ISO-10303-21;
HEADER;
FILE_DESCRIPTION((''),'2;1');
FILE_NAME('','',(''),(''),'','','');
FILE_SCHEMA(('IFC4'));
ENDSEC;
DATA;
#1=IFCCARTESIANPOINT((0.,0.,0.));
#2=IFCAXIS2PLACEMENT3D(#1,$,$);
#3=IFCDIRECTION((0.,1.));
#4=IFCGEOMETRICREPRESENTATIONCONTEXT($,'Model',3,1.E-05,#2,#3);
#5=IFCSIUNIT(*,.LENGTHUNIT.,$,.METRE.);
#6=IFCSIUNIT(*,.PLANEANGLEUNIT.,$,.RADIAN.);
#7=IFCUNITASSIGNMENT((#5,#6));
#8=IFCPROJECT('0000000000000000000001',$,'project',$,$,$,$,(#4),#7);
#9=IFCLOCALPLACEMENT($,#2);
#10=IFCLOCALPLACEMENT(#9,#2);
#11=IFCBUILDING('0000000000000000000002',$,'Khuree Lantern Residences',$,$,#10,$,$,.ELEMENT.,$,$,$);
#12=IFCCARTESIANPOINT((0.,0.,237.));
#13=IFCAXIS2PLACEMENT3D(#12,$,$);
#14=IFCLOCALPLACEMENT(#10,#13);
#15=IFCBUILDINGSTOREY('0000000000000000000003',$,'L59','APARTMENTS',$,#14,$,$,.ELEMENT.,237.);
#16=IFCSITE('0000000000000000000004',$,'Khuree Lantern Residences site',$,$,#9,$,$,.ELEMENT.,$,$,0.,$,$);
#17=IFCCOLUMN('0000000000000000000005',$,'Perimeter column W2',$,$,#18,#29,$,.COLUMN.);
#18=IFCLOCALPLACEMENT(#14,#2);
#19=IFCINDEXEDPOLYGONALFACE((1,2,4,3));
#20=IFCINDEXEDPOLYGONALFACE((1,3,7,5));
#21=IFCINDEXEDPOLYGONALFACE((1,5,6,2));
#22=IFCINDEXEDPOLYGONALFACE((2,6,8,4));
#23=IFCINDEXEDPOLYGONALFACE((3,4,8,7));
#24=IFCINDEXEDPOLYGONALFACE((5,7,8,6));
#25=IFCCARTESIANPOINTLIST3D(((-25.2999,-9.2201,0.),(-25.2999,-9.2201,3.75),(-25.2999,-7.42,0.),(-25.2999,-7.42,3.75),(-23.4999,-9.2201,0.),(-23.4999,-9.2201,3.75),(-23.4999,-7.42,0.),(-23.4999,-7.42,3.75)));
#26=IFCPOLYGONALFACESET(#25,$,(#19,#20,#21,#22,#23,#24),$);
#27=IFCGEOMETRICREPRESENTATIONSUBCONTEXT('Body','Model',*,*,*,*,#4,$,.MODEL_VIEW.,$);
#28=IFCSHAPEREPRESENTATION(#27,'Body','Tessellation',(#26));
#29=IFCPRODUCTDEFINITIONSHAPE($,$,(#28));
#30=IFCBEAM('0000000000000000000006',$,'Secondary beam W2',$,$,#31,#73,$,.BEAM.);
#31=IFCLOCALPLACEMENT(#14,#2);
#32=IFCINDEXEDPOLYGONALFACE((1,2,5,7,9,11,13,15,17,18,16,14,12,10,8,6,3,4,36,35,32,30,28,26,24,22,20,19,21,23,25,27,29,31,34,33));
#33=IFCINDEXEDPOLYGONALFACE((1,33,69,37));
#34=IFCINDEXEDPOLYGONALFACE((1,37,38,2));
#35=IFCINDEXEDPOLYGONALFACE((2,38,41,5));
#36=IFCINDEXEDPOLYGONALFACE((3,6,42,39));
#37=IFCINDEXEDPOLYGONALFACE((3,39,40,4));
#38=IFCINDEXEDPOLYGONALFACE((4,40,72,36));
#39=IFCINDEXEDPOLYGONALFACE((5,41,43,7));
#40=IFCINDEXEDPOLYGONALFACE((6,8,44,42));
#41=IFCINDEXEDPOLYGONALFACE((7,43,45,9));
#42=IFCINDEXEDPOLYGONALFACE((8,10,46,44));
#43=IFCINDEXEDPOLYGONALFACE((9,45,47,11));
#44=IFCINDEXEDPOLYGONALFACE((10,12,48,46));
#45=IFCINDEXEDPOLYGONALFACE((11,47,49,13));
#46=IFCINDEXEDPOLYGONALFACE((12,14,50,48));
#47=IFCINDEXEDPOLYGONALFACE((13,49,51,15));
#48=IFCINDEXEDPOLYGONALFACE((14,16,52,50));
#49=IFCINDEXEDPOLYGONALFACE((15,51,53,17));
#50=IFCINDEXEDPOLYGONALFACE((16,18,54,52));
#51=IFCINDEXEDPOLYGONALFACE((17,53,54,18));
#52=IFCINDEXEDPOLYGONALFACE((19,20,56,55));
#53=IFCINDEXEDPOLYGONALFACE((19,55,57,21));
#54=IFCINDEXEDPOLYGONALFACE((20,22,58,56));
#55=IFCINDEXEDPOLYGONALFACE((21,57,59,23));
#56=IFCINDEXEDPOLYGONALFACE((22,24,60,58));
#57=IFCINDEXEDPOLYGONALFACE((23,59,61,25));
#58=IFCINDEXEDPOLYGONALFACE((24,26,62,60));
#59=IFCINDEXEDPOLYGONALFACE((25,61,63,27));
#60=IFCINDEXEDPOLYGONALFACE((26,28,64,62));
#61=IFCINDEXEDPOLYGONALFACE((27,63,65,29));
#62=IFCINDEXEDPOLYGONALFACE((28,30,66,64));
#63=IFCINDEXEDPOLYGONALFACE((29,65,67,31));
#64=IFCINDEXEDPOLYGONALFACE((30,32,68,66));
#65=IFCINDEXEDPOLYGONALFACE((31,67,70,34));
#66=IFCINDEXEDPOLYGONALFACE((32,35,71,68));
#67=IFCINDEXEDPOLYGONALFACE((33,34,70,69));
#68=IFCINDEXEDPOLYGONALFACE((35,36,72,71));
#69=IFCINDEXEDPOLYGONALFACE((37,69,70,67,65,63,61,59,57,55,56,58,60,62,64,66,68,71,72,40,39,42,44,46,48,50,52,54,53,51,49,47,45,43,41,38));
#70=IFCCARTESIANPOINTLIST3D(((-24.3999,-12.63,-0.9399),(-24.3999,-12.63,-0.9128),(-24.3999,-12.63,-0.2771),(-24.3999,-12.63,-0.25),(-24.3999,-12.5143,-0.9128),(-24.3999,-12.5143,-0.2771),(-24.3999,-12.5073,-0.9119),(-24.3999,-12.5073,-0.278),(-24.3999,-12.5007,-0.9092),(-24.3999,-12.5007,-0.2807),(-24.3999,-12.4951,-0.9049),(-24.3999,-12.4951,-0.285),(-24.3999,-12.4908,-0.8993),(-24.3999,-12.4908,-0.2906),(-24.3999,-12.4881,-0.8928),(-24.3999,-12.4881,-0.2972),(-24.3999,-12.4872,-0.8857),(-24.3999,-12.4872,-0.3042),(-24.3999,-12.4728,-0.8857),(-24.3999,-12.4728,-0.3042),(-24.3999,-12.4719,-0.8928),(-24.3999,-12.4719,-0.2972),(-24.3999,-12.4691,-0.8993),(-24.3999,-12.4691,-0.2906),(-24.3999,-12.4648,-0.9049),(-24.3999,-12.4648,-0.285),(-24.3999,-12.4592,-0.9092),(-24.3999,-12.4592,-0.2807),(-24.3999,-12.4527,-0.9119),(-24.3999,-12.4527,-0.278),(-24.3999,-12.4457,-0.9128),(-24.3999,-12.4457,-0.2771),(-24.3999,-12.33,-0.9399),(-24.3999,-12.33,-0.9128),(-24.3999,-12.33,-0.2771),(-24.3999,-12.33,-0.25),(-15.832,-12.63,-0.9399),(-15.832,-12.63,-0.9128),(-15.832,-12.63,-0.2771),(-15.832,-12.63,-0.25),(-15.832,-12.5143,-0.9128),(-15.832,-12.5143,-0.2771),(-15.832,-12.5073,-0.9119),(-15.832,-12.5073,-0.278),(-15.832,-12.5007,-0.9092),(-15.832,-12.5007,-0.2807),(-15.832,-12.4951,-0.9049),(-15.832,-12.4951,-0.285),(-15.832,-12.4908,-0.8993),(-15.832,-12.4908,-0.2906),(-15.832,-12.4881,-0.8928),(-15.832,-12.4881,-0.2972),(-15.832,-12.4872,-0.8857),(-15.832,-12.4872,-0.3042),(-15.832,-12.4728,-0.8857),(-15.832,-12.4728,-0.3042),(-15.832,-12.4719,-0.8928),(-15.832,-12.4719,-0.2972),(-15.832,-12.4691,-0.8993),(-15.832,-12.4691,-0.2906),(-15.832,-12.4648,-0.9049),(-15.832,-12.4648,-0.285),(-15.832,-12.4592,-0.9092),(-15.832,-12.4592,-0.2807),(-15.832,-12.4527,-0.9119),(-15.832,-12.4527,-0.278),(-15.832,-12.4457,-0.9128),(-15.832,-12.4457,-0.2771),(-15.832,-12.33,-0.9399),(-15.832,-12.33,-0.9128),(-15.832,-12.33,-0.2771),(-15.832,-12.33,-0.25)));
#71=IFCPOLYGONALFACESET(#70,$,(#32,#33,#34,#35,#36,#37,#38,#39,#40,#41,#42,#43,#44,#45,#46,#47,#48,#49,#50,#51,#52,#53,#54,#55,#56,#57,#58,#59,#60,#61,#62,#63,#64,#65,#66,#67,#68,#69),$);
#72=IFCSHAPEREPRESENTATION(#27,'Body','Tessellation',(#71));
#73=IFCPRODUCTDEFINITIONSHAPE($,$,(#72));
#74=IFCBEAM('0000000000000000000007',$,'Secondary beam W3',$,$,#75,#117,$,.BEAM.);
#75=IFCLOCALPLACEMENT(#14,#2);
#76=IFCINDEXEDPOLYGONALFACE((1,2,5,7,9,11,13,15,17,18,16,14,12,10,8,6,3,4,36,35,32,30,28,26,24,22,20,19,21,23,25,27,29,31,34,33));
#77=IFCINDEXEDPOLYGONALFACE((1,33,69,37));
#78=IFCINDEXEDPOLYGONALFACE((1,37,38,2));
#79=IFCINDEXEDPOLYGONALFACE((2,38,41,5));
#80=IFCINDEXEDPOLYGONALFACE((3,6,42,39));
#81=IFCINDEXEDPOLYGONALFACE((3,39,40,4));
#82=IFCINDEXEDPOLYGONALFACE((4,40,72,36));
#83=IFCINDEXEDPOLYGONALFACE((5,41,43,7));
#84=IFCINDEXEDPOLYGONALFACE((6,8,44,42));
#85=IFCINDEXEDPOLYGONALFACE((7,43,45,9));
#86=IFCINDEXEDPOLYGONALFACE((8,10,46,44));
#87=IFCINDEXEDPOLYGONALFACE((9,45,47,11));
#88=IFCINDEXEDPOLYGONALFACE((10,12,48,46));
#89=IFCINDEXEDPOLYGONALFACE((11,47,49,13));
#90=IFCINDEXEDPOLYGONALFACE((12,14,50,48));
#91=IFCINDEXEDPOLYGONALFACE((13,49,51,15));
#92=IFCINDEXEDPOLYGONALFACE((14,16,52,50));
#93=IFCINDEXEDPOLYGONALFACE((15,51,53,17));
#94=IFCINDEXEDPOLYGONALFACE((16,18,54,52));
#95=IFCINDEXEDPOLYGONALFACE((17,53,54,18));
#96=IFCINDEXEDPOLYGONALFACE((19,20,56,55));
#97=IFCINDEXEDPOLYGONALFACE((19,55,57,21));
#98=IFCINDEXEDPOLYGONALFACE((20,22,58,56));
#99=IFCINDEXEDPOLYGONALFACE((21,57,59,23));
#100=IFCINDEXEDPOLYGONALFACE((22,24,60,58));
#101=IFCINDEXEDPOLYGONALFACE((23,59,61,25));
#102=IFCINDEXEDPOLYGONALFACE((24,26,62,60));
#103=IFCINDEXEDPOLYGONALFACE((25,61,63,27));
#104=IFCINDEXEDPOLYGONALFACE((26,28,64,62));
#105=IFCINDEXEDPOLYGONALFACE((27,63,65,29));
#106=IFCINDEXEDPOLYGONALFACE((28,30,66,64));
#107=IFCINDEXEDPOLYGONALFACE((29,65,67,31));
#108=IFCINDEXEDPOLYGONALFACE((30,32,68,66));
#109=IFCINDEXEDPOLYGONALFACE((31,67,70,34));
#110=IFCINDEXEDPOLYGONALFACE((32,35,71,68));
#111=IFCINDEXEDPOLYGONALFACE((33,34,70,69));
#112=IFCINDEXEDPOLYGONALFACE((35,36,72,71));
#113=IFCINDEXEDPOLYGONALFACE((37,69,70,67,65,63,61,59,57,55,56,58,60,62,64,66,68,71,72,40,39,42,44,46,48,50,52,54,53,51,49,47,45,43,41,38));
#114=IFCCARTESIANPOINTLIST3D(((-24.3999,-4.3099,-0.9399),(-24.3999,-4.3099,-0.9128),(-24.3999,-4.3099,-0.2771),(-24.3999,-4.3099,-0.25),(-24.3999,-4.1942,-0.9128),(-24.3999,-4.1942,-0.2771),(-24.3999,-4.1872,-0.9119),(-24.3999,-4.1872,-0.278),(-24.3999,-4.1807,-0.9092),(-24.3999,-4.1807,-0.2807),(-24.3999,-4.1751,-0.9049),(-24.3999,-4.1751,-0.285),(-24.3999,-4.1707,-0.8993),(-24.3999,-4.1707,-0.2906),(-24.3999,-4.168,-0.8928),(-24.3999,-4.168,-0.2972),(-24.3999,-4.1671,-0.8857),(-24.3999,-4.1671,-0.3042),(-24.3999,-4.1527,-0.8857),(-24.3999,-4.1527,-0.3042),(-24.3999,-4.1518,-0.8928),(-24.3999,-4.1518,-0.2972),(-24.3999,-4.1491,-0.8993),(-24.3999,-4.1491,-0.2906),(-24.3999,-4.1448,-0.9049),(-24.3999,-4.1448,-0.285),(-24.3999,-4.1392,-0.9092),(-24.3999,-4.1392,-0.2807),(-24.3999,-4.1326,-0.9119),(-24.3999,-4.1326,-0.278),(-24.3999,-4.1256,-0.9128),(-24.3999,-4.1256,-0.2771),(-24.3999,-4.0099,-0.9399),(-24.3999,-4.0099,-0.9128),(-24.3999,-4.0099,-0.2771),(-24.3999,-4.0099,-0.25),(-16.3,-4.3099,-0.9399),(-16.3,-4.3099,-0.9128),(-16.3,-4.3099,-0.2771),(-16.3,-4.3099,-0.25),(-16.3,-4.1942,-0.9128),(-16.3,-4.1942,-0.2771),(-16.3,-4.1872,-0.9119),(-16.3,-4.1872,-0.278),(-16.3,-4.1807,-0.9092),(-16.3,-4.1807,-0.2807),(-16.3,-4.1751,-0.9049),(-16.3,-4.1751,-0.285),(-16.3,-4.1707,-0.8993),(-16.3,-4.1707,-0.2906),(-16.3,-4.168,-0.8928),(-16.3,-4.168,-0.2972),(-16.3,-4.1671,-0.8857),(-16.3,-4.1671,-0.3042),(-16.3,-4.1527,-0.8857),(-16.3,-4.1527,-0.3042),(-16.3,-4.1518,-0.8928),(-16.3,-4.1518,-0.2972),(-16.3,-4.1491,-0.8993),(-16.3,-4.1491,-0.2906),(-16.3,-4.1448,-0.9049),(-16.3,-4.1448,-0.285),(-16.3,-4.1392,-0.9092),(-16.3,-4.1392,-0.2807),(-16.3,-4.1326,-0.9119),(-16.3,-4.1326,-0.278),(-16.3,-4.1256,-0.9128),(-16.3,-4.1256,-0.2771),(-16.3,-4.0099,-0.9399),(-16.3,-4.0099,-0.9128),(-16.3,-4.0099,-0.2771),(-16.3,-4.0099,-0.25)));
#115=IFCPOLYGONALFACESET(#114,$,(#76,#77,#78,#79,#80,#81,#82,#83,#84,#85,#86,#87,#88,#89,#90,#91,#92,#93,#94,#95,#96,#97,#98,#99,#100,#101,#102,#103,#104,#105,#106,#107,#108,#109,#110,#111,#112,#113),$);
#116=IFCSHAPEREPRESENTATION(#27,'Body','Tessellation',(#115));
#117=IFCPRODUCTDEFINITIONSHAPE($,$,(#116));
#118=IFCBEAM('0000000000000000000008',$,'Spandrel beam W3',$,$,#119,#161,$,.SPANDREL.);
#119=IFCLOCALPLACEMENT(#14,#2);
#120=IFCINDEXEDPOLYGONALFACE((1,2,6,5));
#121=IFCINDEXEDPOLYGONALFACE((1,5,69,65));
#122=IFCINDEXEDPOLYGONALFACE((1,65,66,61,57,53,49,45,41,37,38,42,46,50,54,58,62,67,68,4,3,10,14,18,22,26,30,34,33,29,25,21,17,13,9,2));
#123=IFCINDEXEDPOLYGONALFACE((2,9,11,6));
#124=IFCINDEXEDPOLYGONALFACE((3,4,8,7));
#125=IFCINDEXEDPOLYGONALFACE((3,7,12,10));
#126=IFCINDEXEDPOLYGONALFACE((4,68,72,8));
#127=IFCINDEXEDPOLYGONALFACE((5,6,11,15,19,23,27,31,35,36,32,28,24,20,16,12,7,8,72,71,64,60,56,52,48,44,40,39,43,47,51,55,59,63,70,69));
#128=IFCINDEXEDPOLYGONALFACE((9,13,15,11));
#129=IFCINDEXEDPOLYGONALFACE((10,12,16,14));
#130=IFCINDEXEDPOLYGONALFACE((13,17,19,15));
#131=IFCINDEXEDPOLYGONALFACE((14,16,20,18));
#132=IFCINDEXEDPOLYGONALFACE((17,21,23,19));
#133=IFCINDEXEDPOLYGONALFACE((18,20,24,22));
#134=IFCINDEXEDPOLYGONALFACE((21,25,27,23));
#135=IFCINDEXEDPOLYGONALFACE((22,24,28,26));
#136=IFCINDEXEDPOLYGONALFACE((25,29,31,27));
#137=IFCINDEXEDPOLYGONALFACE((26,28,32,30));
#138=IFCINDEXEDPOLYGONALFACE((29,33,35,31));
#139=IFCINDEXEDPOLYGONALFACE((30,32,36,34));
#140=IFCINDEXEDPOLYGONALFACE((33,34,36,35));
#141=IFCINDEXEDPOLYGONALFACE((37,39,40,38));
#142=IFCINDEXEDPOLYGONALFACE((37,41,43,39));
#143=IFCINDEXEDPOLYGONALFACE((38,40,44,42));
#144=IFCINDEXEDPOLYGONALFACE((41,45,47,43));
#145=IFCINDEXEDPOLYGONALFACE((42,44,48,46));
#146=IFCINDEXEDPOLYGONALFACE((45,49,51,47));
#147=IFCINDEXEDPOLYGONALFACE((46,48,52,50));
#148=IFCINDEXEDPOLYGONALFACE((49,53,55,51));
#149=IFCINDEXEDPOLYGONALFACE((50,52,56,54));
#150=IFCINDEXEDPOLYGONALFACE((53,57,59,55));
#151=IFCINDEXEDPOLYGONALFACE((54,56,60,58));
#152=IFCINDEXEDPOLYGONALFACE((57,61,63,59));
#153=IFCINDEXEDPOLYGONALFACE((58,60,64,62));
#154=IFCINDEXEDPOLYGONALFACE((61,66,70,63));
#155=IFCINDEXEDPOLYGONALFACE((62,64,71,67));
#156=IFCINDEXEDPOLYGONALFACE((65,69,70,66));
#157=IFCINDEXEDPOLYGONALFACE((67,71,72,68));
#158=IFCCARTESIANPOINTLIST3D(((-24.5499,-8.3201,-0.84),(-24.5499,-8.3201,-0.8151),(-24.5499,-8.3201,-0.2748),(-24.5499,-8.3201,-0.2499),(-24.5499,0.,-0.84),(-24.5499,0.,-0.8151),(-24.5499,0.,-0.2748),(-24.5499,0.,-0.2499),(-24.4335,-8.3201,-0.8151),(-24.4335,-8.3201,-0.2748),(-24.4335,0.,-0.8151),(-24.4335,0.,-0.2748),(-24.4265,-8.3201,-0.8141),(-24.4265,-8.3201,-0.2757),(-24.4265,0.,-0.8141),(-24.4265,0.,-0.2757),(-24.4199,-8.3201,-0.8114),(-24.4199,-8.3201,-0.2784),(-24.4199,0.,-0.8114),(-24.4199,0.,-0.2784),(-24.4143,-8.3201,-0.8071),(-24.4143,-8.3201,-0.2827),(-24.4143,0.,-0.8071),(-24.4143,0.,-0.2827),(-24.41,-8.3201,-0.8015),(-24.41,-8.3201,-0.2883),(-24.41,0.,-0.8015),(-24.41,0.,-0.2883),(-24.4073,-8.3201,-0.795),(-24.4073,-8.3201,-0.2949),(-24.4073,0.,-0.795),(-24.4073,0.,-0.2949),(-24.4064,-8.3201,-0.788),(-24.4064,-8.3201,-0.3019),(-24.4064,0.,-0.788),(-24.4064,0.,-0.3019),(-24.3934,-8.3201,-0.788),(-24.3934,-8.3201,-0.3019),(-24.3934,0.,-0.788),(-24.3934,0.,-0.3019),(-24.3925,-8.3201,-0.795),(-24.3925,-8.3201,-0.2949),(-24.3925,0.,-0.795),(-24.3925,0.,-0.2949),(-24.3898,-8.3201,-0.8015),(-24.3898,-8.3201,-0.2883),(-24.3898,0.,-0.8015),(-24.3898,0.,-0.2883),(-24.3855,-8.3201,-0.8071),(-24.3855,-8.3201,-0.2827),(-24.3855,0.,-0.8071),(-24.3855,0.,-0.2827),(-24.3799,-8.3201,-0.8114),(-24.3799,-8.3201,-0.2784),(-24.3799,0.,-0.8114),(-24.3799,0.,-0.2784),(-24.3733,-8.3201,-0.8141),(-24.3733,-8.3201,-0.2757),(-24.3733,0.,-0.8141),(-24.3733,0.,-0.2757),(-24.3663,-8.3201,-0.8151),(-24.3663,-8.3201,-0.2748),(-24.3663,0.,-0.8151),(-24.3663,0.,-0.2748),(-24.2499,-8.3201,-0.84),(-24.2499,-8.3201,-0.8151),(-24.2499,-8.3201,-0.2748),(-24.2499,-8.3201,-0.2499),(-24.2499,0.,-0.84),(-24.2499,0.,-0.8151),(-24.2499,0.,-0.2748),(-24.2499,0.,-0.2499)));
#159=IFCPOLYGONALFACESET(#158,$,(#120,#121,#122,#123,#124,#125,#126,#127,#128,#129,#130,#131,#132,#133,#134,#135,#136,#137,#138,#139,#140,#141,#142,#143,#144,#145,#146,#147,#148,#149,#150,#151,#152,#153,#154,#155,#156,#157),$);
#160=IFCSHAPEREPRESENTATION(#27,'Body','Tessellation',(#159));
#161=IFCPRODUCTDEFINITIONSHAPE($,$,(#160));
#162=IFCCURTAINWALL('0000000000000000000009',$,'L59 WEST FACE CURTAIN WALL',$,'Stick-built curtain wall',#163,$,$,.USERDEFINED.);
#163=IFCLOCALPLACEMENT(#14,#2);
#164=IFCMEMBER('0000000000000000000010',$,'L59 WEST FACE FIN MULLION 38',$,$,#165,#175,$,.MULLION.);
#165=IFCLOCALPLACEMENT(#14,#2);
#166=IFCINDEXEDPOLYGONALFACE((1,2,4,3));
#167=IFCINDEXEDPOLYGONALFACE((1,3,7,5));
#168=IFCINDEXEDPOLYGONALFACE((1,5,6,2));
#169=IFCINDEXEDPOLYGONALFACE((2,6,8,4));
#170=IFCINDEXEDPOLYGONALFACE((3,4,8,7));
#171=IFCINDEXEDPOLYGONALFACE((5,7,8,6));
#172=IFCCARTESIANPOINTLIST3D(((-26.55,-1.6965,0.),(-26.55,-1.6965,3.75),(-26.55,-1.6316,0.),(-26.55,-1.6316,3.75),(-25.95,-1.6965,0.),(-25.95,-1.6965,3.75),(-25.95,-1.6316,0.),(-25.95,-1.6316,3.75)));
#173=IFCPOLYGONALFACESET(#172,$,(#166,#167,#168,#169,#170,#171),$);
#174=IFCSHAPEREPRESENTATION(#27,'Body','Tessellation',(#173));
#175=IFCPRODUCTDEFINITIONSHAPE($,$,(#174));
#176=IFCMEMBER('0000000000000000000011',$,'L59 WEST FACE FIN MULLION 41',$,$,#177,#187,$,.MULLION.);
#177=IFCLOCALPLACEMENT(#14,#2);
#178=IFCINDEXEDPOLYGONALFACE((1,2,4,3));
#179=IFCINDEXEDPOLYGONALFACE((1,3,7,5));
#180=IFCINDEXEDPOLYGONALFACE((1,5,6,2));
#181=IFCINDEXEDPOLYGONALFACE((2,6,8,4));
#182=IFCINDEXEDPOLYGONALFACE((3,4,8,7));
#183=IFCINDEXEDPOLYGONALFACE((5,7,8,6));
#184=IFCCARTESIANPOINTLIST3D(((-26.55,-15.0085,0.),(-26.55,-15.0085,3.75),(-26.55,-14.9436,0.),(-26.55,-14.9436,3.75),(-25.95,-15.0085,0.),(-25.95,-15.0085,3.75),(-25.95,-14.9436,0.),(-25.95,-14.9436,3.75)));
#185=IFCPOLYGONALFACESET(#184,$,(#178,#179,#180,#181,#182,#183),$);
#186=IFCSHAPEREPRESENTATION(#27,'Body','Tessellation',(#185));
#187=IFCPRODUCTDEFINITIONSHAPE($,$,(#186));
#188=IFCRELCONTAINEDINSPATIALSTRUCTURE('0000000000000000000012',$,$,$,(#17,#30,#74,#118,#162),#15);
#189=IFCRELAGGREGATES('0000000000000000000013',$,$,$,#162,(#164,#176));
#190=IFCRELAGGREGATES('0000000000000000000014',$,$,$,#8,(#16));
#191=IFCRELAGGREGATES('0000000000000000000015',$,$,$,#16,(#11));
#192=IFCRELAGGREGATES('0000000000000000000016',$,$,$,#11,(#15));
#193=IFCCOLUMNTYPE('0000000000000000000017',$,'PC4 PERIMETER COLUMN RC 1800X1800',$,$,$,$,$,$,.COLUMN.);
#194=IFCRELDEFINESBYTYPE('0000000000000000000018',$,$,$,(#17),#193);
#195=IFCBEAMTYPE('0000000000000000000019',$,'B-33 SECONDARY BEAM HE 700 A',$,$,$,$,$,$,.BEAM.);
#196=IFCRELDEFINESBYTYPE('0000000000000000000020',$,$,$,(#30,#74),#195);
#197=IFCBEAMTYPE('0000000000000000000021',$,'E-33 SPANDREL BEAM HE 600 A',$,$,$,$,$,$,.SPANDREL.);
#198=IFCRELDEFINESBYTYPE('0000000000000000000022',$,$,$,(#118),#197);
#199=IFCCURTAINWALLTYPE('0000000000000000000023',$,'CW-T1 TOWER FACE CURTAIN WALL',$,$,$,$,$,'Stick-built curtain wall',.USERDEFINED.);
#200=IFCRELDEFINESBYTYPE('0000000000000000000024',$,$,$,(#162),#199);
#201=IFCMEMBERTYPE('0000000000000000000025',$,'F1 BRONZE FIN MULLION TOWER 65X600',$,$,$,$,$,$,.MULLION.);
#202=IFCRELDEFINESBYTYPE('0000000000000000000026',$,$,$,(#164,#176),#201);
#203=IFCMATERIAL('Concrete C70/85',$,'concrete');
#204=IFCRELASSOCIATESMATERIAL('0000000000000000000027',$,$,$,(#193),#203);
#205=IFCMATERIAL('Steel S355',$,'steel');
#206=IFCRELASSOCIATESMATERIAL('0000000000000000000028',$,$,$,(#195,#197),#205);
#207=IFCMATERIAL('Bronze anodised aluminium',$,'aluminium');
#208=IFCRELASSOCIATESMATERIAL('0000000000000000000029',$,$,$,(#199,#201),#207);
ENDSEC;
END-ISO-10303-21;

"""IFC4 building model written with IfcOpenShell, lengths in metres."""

from ifc_helpers import new_model, si_unit, direction, frame, origin, origin_2d, place, context, subcontext, project, spatial, rectangle, i_section, extrude, material, material_profile, profile_set, type_object, element, aggregate, save


model = new_model("IFC4")

# Units and contexts
model_context = context("Model", 3, precision=1e-05, world=origin(), true_north=direction((0.0, 1.0)))
body_context = subcontext(model_context, "Body", "Model", "MODEL_VIEW")
ifc_project = project(units=[si_unit("LENGTHUNIT", "METRE"), si_unit("PLANEANGLEUNIT", "RADIAN")], contexts=[model_context])

# Site, building, storey
site_placement = place(None, origin())
site = spatial("IfcSite", under=ifc_project, at=site_placement, Name="Khuree Lantern Residences site", CompositionType="ELEMENT", RefElevation=0.0)
building_placement = place(site_placement, origin())
building = spatial("IfcBuilding", under=site, at=building_placement, Name="Khuree Lantern Residences", CompositionType="ELEMENT")
storey_placement = place(building_placement, frame((0.0, 0.0, 237.0)))
storey = spatial("IfcBuildingStorey", under=building, at=storey_placement, Name="L59", Description="APARTMENTS", CompositionType="ELEMENT", Elevation=237.0)

# Column
ifc_material_1 = material(Name="Concrete C70/85", Category="concrete")
ifc_material_profile_1 = material_profile(ifc_material_1, rectangle(XDim=1.8, YDim=1.8, at=origin_2d()), Name="RC 1800X1800")
ifc_profile_set_1 = profile_set([ifc_material_profile_1], Name="Concrete C70/85")
column_type = type_object("IfcColumnType", Name="PC4 PERIMETER COLUMN RC 1800X1800", PredefinedType="COLUMN", material=ifc_profile_set_1)
column_placement = place(storey_placement, frame((-24.3999, -8.3201, 0.0), z_axis=(0.0, 0.0, 1.0), x_axis=(0.0, 1.0, 0.0)))
element("IfcColumn", 1, at=column_placement, inside=storey, type_object=column_type, Name="Perimeter column W2", PredefinedType="COLUMN", context=body_context, shape_type="SweptSolid", body=[
    extrude(rectangle(XDim=1.8, YDim=1.8, at=origin_2d()), origin(), (0.0, 0.0, 1.0), 3.75),
])

# Beams
ifc_material_2 = material(Name="Steel S355", Category="steel")
ifc_material_profile_2 = material_profile(ifc_material_2, i_section(OverallWidth=0.3, OverallDepth=0.6899, WebThickness=0.0144, FlangeThickness=0.0271, FilletRadius=0.0271, at=origin_2d()), Name="HE 700 A")
ifc_profile_set_2 = profile_set([ifc_material_profile_2], Name="Steel S355")
beam_type_1 = type_object("IfcBeamType", Name="B-33 SECONDARY BEAM HE 700 A", PredefinedType="BEAM", material=ifc_profile_set_2)
beam_1_placement = place(storey_placement, frame((-24.3999, -12.48, -0.595), z_axis=(1.0, 0.0, 0.0), x_axis=(0.0, 1.0, 0.0)))
element("IfcBeam", 2, at=beam_1_placement, inside=storey, type_object=beam_type_1, Name="Secondary beam W2", PredefinedType="BEAM", context=body_context, shape_type="SweptSolid", body=[
    extrude(i_section(OverallWidth=0.3, OverallDepth=0.6899, WebThickness=0.0144, FlangeThickness=0.0271, FilletRadius=0.0271, at=origin_2d()), origin(), (0.0, 0.0, 1.0), 8.5679),
])
beam_2_placement = place(storey_placement, frame((-24.3999, -4.1599, -0.595), z_axis=(1.0, 0.0, 0.0), x_axis=(0.0, 1.0, 0.0)))
element("IfcBeam", 3, at=beam_2_placement, inside=storey, type_object=beam_type_1, Name="Secondary beam W3", PredefinedType="BEAM", context=body_context, shape_type="SweptSolid", body=[
    extrude(i_section(OverallWidth=0.3, OverallDepth=0.6899, WebThickness=0.0144, FlangeThickness=0.0271, FilletRadius=0.0271, at=origin_2d()), origin(), (0.0, 0.0, 1.0), 8.0999),
])
ifc_material_profile_3 = material_profile(ifc_material_2, i_section(OverallWidth=0.3, OverallDepth=0.5901, WebThickness=0.0129, FlangeThickness=0.0249, FilletRadius=0.0271, at=origin_2d()), Name="HE 600 A")
ifc_profile_set_3 = profile_set([ifc_material_profile_3], Name="Steel S355")
beam_type_2 = type_object("IfcBeamType", Name="E-33 SPANDREL BEAM HE 600 A", PredefinedType="SPANDREL", material=ifc_profile_set_3)
beam_3_placement = place(storey_placement, frame((-24.3999, -8.3201, -0.5449), z_axis=(0.0, 1.0, 0.0), x_axis=(-1.0, 0.0, 0.0)))
element("IfcBeam", 4, at=beam_3_placement, inside=storey, type_object=beam_type_2, Name="Spandrel beam W3", PredefinedType="SPANDREL", context=body_context, shape_type="SweptSolid", body=[
    extrude(i_section(OverallWidth=0.3, OverallDepth=0.5901, WebThickness=0.0129, FlangeThickness=0.0249, FilletRadius=0.0271, at=origin_2d()), origin(), (0.0, 0.0, 1.0), 8.3201),
])

# Curtain wall, members
ifc_material_3 = material(Name="Bronze anodised aluminium", Category="aluminium")
curtain_wall_type = type_object("IfcCurtainWallType", Name="CW-T1 TOWER FACE CURTAIN WALL", ElementType="Stick-built curtain wall", PredefinedType="USERDEFINED", material=ifc_material_3)
curtain_wall_placement = place(storey_placement, origin())
curtain_wall = element("IfcCurtainWall", 5, at=curtain_wall_placement, inside=storey, type_object=curtain_wall_type, Name="L59 WEST FACE CURTAIN WALL", ObjectType="Stick-built curtain wall", PredefinedType="USERDEFINED")
ifc_material_profile_4 = material_profile(ifc_material_3, rectangle(XDim=0.0649, YDim=0.6001, at=origin_2d()), Name="F1 65X600")
ifc_profile_set_4 = profile_set([ifc_material_profile_4], Name="Bronze anodised aluminium")
member_type_1 = type_object("IfcMemberType", Name="F1 BRONZE FIN MULLION TOWER 65X600", PredefinedType="MULLION", material=ifc_profile_set_4)
member_1_placement = place(storey_placement, frame((-26.25, -1.6641, 0.0), z_axis=(0.0, 0.0, 1.0), x_axis=(0.0, -1.0, 0.0)))
member_1 = element("IfcMember", 6, at=member_1_placement, type_object=member_type_1, Name="L59 WEST FACE FIN MULLION 38", PredefinedType="MULLION", context=body_context, shape_type="SweptSolid", body=[
    extrude(rectangle(XDim=0.0649, YDim=0.6001, at=origin_2d()), origin(), (0.0, 0.0, 1.0), 3.75),
])
member_2_placement = place(storey_placement, frame((-26.25, -14.9761, 0.0), z_axis=(0.0, 0.0, 1.0), x_axis=(0.0, -1.0, 0.0)))
member_2 = element("IfcMember", 7, at=member_2_placement, type_object=member_type_1, Name="L59 WEST FACE FIN MULLION 41", PredefinedType="MULLION", context=body_context, shape_type="SweptSolid", body=[
    extrude(rectangle(XDim=0.0649, YDim=0.6001, at=origin_2d()), origin(), (0.0, 0.0, 1.0), 3.75),
])

aggregate(curtain_wall, [member_1, member_2])

save(model, "model.ifc")
